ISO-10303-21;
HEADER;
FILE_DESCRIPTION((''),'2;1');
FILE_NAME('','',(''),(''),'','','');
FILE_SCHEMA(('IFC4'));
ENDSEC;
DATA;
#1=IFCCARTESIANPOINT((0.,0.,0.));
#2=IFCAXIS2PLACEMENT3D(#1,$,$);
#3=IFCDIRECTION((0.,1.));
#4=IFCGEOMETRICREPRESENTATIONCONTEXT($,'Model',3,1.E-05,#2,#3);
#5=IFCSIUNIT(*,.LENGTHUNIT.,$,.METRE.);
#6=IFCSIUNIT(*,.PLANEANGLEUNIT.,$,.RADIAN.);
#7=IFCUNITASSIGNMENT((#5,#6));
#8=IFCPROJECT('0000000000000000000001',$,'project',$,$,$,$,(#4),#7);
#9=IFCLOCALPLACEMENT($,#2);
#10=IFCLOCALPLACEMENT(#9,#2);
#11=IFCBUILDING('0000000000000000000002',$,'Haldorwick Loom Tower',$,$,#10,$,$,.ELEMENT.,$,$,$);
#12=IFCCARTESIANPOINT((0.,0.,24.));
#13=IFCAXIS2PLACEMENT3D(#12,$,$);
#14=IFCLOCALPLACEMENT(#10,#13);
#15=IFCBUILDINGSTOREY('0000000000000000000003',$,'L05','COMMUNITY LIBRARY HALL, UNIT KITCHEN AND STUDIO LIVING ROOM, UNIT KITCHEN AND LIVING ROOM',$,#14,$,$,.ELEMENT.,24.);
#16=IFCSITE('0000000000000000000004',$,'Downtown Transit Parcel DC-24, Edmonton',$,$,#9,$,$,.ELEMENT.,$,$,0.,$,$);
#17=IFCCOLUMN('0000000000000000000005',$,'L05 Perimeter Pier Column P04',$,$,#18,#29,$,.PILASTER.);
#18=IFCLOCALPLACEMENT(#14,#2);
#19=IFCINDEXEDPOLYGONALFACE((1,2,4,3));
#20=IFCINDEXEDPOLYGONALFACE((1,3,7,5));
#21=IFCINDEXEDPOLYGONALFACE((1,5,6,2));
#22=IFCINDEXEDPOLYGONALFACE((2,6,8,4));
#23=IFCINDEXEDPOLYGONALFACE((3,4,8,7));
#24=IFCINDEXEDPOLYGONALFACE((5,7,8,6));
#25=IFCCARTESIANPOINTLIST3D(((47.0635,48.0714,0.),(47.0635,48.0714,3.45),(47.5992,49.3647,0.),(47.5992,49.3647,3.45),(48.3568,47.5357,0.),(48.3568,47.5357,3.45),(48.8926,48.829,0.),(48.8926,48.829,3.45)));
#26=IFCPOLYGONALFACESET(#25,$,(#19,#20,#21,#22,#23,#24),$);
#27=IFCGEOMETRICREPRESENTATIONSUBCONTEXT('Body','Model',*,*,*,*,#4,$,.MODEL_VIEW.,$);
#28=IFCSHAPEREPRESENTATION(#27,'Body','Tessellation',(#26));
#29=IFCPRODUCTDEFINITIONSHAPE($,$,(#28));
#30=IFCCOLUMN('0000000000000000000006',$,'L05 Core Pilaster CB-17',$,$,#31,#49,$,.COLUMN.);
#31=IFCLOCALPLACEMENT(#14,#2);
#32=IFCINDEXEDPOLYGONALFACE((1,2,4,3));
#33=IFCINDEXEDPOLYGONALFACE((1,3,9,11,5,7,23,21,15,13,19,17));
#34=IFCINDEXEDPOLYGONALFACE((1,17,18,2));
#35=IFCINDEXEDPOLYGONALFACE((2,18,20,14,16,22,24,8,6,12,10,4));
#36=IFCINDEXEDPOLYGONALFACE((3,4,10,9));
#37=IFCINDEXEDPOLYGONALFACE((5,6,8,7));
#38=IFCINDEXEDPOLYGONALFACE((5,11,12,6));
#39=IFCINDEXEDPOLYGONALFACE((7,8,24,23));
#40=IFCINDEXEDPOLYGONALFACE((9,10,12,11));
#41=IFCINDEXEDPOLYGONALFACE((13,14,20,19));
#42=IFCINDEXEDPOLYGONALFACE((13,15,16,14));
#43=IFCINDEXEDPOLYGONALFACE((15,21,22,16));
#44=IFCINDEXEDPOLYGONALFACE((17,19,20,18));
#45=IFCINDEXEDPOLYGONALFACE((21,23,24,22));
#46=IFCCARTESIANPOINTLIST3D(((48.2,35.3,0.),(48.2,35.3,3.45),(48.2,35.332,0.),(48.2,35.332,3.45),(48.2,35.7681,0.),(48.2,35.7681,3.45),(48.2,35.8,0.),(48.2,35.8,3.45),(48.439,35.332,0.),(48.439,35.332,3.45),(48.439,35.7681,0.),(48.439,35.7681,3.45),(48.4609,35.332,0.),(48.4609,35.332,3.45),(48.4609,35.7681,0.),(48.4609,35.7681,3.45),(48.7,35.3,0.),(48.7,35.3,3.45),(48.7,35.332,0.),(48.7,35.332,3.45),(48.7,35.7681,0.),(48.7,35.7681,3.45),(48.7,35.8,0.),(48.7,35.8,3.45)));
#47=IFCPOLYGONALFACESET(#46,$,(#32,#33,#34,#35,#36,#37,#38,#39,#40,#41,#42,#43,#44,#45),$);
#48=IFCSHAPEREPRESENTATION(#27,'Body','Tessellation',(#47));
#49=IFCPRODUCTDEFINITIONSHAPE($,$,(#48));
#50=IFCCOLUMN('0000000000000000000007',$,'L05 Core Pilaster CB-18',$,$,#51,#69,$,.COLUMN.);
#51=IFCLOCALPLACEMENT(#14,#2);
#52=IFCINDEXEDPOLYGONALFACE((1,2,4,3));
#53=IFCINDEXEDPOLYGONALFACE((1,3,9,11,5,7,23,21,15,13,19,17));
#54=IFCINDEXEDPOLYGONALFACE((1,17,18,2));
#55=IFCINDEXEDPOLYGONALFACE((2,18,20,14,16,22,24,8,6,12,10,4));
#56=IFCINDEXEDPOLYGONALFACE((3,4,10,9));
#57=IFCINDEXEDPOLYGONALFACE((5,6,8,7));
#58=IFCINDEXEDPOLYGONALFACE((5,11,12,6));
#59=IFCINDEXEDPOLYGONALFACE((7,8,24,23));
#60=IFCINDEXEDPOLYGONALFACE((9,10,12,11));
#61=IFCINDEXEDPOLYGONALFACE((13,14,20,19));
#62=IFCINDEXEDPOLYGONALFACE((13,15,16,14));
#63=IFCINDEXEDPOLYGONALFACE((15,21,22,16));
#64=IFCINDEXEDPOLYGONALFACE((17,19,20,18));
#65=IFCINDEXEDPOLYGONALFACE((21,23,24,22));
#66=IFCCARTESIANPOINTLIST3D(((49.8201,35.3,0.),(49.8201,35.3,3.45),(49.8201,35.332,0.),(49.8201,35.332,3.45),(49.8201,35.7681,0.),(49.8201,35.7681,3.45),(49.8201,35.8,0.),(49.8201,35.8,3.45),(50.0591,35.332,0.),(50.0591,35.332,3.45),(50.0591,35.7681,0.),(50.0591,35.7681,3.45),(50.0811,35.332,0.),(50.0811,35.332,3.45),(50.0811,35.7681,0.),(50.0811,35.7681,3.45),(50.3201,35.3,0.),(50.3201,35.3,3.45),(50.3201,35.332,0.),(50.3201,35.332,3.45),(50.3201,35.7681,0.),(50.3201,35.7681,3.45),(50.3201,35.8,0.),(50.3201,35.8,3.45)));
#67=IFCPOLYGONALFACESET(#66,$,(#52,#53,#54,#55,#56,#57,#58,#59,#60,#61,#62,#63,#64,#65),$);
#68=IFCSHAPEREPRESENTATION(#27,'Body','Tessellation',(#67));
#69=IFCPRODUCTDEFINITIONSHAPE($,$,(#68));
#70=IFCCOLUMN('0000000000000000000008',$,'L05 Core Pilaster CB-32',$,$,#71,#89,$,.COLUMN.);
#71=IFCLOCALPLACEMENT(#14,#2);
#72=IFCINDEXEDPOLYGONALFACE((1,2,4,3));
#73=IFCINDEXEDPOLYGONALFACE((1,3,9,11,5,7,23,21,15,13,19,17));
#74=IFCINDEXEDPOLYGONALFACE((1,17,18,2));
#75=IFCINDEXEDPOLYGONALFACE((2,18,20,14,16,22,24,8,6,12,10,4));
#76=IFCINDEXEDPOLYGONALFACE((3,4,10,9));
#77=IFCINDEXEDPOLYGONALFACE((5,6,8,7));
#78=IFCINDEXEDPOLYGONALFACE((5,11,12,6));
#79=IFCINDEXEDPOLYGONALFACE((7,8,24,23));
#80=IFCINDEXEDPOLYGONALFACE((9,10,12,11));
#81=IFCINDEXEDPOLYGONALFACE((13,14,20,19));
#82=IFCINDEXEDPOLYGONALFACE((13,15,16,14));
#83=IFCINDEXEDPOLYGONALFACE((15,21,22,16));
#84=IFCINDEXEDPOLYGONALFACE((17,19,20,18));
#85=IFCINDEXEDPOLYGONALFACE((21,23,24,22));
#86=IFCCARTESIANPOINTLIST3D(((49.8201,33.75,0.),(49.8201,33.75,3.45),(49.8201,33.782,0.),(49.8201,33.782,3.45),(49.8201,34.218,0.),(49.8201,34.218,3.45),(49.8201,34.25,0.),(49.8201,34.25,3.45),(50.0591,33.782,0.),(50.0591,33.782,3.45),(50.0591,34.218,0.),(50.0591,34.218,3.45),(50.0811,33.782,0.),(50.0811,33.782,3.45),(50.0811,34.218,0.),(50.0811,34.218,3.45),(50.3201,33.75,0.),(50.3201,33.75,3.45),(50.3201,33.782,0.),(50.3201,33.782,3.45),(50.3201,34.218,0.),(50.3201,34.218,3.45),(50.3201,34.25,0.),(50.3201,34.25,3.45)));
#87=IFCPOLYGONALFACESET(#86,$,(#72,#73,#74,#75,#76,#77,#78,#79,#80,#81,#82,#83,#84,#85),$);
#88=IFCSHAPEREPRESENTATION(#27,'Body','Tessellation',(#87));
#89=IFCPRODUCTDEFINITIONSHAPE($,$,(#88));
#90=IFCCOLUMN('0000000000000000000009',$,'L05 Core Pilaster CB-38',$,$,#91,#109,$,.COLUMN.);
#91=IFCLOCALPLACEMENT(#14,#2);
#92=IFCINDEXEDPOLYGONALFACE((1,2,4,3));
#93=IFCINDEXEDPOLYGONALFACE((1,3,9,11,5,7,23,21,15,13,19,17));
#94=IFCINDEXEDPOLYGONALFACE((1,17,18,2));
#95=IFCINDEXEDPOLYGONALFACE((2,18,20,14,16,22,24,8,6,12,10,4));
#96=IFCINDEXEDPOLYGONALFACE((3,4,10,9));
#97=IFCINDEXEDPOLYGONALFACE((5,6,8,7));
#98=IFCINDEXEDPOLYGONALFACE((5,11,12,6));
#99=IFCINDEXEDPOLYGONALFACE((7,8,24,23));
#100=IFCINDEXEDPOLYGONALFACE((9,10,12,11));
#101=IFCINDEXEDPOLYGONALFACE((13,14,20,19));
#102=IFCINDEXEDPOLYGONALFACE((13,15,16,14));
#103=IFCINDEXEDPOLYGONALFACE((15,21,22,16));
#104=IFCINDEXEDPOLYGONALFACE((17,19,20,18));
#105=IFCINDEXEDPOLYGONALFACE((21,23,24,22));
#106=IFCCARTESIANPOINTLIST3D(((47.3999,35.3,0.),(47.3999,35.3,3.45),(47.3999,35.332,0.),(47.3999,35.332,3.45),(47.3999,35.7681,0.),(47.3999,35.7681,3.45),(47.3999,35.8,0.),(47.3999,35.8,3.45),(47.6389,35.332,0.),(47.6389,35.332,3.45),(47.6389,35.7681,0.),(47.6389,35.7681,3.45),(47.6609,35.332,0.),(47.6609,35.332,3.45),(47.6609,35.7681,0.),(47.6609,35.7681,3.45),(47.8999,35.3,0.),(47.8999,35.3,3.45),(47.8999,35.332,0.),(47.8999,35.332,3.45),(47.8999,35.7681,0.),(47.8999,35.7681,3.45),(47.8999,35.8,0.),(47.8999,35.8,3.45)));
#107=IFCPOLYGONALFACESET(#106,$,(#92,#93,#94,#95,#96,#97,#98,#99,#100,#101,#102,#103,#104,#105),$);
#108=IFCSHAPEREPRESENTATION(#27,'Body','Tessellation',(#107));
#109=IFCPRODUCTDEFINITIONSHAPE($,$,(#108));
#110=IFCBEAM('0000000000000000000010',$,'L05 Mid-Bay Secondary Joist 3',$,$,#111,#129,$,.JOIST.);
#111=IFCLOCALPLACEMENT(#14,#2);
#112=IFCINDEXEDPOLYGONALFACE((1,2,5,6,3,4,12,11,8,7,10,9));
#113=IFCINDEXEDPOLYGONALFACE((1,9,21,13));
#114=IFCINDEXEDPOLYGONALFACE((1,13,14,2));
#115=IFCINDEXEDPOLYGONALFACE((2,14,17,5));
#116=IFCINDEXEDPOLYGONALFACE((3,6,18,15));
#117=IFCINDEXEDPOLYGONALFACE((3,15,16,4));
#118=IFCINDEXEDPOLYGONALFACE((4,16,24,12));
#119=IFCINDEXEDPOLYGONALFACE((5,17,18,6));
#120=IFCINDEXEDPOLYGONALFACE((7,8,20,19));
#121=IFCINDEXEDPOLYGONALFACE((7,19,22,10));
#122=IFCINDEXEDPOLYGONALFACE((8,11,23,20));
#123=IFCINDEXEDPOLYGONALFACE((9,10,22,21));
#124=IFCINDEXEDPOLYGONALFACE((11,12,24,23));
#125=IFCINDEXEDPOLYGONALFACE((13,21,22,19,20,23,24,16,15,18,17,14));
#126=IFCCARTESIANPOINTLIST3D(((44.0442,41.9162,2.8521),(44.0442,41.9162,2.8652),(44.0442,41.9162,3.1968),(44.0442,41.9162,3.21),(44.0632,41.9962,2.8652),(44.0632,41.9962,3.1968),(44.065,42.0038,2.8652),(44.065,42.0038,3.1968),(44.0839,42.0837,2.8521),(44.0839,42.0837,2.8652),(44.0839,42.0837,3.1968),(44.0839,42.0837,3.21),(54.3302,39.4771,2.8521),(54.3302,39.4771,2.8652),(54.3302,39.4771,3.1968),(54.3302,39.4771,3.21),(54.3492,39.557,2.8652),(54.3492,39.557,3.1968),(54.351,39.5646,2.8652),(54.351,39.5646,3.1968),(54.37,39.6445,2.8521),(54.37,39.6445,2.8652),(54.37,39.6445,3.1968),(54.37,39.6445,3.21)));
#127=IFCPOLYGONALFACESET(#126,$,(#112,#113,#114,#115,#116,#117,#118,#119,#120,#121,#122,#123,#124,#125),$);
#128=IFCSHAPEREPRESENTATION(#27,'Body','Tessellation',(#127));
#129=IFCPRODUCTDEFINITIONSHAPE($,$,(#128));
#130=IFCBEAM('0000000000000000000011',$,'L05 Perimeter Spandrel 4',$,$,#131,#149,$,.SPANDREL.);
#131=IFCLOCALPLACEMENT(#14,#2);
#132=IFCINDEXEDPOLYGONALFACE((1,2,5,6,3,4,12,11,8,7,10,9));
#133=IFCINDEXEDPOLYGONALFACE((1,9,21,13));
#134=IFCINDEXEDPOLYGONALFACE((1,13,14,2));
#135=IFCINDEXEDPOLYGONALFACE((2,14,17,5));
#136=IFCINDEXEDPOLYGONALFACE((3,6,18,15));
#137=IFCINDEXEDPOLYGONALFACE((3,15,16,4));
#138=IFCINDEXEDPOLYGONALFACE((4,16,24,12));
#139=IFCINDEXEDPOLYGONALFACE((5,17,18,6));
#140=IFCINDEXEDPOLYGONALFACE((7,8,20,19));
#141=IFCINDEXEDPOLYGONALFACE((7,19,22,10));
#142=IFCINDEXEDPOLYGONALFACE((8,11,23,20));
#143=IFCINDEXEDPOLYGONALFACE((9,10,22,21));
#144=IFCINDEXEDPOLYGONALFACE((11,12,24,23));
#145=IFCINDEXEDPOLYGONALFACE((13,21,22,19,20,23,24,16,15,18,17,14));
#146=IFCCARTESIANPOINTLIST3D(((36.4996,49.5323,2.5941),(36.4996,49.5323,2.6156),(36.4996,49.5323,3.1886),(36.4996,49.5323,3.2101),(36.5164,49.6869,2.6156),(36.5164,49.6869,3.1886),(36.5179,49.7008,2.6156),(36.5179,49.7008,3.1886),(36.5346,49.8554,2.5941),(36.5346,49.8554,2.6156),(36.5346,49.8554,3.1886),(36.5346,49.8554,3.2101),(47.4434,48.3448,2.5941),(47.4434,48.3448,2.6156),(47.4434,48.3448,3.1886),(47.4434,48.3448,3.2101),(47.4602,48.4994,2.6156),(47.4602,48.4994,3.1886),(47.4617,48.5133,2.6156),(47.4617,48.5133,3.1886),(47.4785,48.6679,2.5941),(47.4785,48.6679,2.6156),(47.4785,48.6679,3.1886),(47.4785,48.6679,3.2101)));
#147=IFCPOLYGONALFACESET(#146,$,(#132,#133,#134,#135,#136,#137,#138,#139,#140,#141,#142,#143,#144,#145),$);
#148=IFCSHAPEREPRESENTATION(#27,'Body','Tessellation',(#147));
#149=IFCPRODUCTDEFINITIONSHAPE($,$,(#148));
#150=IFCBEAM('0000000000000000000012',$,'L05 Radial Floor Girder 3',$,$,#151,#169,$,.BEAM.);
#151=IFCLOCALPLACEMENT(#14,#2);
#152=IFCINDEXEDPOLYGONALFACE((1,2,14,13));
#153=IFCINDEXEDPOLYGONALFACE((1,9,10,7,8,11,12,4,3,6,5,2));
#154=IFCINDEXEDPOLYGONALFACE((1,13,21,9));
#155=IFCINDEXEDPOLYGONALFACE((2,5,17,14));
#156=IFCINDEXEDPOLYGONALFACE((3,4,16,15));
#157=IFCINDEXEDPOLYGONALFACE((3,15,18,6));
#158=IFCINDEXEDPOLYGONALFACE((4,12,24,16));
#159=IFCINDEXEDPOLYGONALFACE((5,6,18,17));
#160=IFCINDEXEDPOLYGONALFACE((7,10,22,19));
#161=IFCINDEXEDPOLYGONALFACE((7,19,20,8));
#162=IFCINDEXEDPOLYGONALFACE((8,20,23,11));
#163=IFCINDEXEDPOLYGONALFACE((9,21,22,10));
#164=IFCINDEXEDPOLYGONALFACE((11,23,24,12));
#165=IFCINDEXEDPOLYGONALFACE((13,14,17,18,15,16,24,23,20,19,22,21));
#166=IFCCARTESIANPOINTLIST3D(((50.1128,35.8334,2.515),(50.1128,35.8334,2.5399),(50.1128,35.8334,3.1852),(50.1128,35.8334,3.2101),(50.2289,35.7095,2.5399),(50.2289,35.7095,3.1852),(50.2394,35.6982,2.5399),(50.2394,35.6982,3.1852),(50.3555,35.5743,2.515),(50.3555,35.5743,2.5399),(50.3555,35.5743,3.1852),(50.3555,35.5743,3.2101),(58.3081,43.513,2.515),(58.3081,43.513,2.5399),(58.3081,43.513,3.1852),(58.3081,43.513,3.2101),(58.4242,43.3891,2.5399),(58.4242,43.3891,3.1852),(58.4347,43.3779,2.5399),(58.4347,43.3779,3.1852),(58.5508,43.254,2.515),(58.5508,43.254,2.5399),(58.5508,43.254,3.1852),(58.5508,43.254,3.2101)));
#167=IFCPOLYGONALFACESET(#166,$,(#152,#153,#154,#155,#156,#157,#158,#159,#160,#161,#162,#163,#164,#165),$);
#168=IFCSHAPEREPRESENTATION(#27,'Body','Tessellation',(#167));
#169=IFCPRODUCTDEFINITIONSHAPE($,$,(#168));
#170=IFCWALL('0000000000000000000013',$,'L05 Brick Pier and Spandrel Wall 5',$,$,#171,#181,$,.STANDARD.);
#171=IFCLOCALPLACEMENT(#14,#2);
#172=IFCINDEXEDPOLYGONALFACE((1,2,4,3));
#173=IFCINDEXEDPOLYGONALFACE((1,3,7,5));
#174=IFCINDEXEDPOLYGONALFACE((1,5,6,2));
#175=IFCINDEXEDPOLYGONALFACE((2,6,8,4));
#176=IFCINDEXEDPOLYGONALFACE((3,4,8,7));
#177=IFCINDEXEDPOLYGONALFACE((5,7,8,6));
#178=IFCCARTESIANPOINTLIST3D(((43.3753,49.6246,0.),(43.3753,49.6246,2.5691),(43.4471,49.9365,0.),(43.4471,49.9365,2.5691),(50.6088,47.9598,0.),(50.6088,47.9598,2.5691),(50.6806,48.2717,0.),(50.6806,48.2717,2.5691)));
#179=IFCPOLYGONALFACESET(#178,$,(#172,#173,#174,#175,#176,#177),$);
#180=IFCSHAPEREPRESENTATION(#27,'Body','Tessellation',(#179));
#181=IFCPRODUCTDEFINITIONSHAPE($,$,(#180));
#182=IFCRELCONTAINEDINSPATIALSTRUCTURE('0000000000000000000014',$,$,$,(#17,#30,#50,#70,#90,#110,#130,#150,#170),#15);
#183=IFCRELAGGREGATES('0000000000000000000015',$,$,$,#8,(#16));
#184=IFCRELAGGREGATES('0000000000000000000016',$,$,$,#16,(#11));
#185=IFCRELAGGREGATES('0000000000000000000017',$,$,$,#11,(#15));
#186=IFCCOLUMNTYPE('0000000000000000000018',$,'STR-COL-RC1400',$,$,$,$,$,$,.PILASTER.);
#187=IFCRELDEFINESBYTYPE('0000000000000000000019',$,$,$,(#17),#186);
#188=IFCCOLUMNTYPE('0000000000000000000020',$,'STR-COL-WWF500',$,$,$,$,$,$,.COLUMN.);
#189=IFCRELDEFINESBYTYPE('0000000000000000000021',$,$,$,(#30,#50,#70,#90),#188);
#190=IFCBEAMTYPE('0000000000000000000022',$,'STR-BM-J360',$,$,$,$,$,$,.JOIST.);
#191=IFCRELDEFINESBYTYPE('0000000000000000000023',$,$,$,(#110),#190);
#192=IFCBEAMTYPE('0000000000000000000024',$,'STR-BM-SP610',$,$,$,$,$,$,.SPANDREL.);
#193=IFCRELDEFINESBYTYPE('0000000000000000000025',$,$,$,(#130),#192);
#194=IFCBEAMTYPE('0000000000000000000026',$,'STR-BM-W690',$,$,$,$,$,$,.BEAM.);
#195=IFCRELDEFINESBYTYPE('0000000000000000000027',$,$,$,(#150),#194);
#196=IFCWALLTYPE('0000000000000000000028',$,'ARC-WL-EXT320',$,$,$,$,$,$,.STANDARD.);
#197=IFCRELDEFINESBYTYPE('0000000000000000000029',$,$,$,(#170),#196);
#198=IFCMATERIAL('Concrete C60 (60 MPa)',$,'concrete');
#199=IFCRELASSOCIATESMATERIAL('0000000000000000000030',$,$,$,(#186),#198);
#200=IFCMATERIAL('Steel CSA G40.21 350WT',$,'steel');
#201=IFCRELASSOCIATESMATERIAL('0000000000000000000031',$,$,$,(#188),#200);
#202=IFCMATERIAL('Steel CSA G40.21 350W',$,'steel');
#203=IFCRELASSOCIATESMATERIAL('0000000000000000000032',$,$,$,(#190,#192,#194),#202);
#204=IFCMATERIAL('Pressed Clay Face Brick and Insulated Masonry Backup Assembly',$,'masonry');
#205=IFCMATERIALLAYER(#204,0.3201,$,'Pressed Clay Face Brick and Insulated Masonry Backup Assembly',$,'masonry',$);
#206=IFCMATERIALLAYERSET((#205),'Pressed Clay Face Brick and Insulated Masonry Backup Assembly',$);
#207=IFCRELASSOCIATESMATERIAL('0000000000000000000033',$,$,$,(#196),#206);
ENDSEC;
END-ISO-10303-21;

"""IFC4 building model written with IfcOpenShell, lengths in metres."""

from ifc_helpers import new_model, si_unit, direction, frame, frame_2d, origin, origin_2d, place, context, subcontext, project, spatial, rectangle, i_section, extrude, material, layer, layer_set, material_profile, profile_set, type_object, element, save


model = new_model("IFC4")

# Units and contexts
model_context = context("Model", 3, precision=1e-05, world=origin(), true_north=direction((0.0, 1.0)))
body_context = subcontext(model_context, "Body", "Model", "MODEL_VIEW")
ifc_project = project(units=[si_unit("LENGTHUNIT", "METRE"), si_unit("PLANEANGLEUNIT", "RADIAN")], contexts=[model_context])

# Site, building, storey
site_placement = place(None, origin())
site = spatial("IfcSite", under=ifc_project, at=site_placement, Name="Downtown Transit Parcel DC-24, Edmonton", CompositionType="ELEMENT", RefElevation=0.0)
building_placement = place(site_placement, origin())
building = spatial("IfcBuilding", under=site, at=building_placement, Name="Haldorwick Loom Tower", CompositionType="ELEMENT")
storey_placement = place(building_placement, frame((0.0, 0.0, 24.0)))
storey = spatial("IfcBuildingStorey", under=building, at=storey_placement, Name="L05", Description="COMMUNITY LIBRARY HALL, UNIT KITCHEN AND STUDIO LIVING ROOM, UNIT KITCHEN AND LIVING ROOM", CompositionType="ELEMENT", Elevation=24.0)

# Columns
ifc_material_1 = material(Name="Concrete C60 (60 MPa)", Category="concrete")
ifc_material_profile_1 = material_profile(ifc_material_1, rectangle(XDim=1.3999, YDim=1.3999, at=origin_2d()), Name="RC1400X1400", Category="concrete")
ifc_profile_set_1 = profile_set([ifc_material_profile_1], Name="Concrete C60 (60 MPa)")
column_type_1 = type_object("IfcColumnType", Name="STR-COL-RC1400", PredefinedType="PILASTER", material=ifc_profile_set_1)
column_placement = place(storey_placement, frame((47.978, 48.4502, 0.0), z_axis=(0.0, 0.0, 1.0), x_axis=(0.382683, 0.92388, 0.0)))
element("IfcColumn", 1, at=column_placement, inside=storey, type_object=column_type_1, Name="L05 Perimeter Pier Column P04", PredefinedType="PILASTER", context=body_context, shape_type="SweptSolid", body=[
    extrude(rectangle(XDim=1.3999, YDim=1.3999, at=origin_2d()), origin(), (0.0, 0.0, 1.0), 3.45),
])
ifc_material_2 = material(Name="Steel CSA G40.21 350WT", Category="steel")
ifc_material_profile_2 = material_profile(ifc_material_2, i_section(OverallWidth=0.5, OverallDepth=0.5, WebThickness=0.022, FlangeThickness=0.032, at=origin_2d()), Name="WWF500X500", Category="steel")
ifc_profile_set_2 = profile_set([ifc_material_profile_2], Name="Steel CSA G40.21 350WT")
column_type_2 = type_object("IfcColumnType", Name="STR-COL-WWF500", PredefinedType="COLUMN", material=ifc_profile_set_2)
for number, where, z_axis, x_axis, name in (
    (2, (48.45, 35.55, 0.0), (0.0, 0.0, 1.0), (1.0, 0.0, 0.0), "L05 Core Pilaster CB-17"),
    (3, (50.0701, 35.55, 0.0), (0.0, 0.0, 1.0), (1.0, 0.0, 0.0), "L05 Core Pilaster CB-18"),
    (4, (50.0701, 34.0, 0.0), (0.0, 0.0, 1.0), (1.0, 0.0, 0.0), "L05 Core Pilaster CB-32"),
    (5, (47.6499, 35.55, 0.0), (0.0, 0.0, 1.0), (1.0, 0.0, 0.0), "L05 Core Pilaster CB-38"),
):
    element("IfcColumn", number, at=place(storey_placement, frame(where, z_axis=z_axis, x_axis=x_axis)), inside=storey, type_object=column_type_2, Name=name, PredefinedType="COLUMN", context=body_context, shape_type="SweptSolid", body=[
        extrude(i_section(OverallWidth=0.5, OverallDepth=0.5, WebThickness=0.022, FlangeThickness=0.032, at=origin_2d()), origin(), (0.0, 0.0, 1.0), 3.45),
    ])

# Beams
ifc_material_3 = material(Name="Steel CSA G40.21 350W", Category="steel")
ifc_material_profile_3 = material_profile(ifc_material_3, i_section(OverallWidth=0.1721, OverallDepth=0.3579, WebThickness=0.0078, FlangeThickness=0.0132, at=origin_2d()), Name="W360X57", Category="steel")
ifc_profile_set_3 = profile_set([ifc_material_profile_3], Name="Steel CSA G40.21 350W")
beam_type_1 = type_object("IfcBeamType", Name="STR-BM-J360", PredefinedType="JOIST", material=ifc_profile_set_3)
beam_1_placement = place(storey_placement, frame((54.3501, 39.5608, 3.031), z_axis=(-0.973016, 0.230737, 0.0), x_axis=(-0.230737, -0.973016, 0.0)))
element("IfcBeam", 6, at=beam_1_placement, inside=storey, type_object=beam_type_1, Name="L05 Mid-Bay Secondary Joist 3", PredefinedType="JOIST", context=body_context, shape_type="SweptSolid", body=[
    extrude(i_section(OverallWidth=0.1721, OverallDepth=0.3579, WebThickness=0.0078, FlangeThickness=0.0132, at=origin_2d()), origin(), (0.0, 0.0, 1.0), 10.5713),
])
ifc_material_profile_4 = material_profile(ifc_material_3, i_section(OverallWidth=0.325, OverallDepth=0.616, WebThickness=0.0139, FlangeThickness=0.0215, at=origin_2d()), Name="W610X174", Category="steel")
ifc_profile_set_4 = profile_set([ifc_material_profile_4], Name="Steel CSA G40.21 350W")
beam_type_2 = type_object("IfcBeamType", Name="STR-BM-SP610", PredefinedType="SPANDREL", material=ifc_profile_set_4)
beam_2_placement = place(storey_placement, frame((47.4609, 48.5063, 2.9021), z_axis=(-0.994164, 0.107875, 0.0), x_axis=(-0.107875, -0.994164, 0.0)))
element("IfcBeam", 7, at=beam_2_placement, inside=storey, type_object=beam_type_2, Name="L05 Perimeter Spandrel 4", PredefinedType="SPANDREL", context=body_context, shape_type="SweptSolid", body=[
    extrude(i_section(OverallWidth=0.325, OverallDepth=0.616, WebThickness=0.0139, FlangeThickness=0.0215, at=origin_2d()), origin(), (0.0, 0.0, 1.0), 11.0081),
])
ifc_material_profile_5 = material_profile(ifc_material_3, i_section(OverallWidth=0.355, OverallDepth=0.6951, WebThickness=0.0154, FlangeThickness=0.0249, at=origin_2d()), Name="W690X217", Category="steel")
ifc_profile_set_5 = profile_set([ifc_material_profile_5], Name="Steel CSA G40.21 350W")
beam_type_3 = type_object("IfcBeamType", Name="STR-BM-W690", PredefinedType="BEAM", material=ifc_profile_set_5)
beam_3_placement = place(storey_placement, frame((50.2341, 35.7039, 2.8625), z_axis=(0.729689, 0.683779, 0.0), x_axis=(-0.683779, 0.729689, 0.0)))
element("IfcBeam", 8, at=beam_3_placement, inside=storey, type_object=beam_type_3, Name="L05 Radial Floor Girder 3", PredefinedType="BEAM", context=body_context, shape_type="SweptSolid", body=[
    extrude(i_section(OverallWidth=0.355, OverallDepth=0.6951, WebThickness=0.0154, FlangeThickness=0.0249, at=origin_2d()), origin(), (0.0, 0.0, 1.0), 11.2312),
])

# Wall
ifc_material_4 = material(Name="Pressed Clay Face Brick and Insulated Masonry Backup Assembly", Category="masonry")
ifc_layer_1 = layer(ifc_material_4, 0.3201, Name="Pressed Clay Face Brick and Insulated Masonry Backup Assembly", Category="masonry")
ifc_layer_set_1 = layer_set([ifc_layer_1], Name="Pressed Clay Face Brick and Insulated Masonry Backup Assembly")
wall_type_1 = type_object("IfcWallType", Name="ARC-WL-EXT320", PredefinedType="STANDARD", material=ifc_layer_set_1)
wall_1_placement = place(storey_placement, frame((50.6448, 48.1157, 0.0), z_axis=(0.0, 0.0, 1.0), x_axis=(-0.974522, 0.22429, 0.0)))
element("IfcWall", 9, at=wall_1_placement, inside=storey, type_object=wall_type_1, Name="L05 Brick Pier and Spandrel Wall 5", PredefinedType="STANDARD", context=body_context, shape_type="SweptSolid", body=[
    extrude(rectangle(XDim=7.4226, YDim=0.3201, at=frame_2d((3.7114, 0.0))), origin(), (0.0, 0.0, 1.0), 2.5691),
])

save(model, "model.ifc")
